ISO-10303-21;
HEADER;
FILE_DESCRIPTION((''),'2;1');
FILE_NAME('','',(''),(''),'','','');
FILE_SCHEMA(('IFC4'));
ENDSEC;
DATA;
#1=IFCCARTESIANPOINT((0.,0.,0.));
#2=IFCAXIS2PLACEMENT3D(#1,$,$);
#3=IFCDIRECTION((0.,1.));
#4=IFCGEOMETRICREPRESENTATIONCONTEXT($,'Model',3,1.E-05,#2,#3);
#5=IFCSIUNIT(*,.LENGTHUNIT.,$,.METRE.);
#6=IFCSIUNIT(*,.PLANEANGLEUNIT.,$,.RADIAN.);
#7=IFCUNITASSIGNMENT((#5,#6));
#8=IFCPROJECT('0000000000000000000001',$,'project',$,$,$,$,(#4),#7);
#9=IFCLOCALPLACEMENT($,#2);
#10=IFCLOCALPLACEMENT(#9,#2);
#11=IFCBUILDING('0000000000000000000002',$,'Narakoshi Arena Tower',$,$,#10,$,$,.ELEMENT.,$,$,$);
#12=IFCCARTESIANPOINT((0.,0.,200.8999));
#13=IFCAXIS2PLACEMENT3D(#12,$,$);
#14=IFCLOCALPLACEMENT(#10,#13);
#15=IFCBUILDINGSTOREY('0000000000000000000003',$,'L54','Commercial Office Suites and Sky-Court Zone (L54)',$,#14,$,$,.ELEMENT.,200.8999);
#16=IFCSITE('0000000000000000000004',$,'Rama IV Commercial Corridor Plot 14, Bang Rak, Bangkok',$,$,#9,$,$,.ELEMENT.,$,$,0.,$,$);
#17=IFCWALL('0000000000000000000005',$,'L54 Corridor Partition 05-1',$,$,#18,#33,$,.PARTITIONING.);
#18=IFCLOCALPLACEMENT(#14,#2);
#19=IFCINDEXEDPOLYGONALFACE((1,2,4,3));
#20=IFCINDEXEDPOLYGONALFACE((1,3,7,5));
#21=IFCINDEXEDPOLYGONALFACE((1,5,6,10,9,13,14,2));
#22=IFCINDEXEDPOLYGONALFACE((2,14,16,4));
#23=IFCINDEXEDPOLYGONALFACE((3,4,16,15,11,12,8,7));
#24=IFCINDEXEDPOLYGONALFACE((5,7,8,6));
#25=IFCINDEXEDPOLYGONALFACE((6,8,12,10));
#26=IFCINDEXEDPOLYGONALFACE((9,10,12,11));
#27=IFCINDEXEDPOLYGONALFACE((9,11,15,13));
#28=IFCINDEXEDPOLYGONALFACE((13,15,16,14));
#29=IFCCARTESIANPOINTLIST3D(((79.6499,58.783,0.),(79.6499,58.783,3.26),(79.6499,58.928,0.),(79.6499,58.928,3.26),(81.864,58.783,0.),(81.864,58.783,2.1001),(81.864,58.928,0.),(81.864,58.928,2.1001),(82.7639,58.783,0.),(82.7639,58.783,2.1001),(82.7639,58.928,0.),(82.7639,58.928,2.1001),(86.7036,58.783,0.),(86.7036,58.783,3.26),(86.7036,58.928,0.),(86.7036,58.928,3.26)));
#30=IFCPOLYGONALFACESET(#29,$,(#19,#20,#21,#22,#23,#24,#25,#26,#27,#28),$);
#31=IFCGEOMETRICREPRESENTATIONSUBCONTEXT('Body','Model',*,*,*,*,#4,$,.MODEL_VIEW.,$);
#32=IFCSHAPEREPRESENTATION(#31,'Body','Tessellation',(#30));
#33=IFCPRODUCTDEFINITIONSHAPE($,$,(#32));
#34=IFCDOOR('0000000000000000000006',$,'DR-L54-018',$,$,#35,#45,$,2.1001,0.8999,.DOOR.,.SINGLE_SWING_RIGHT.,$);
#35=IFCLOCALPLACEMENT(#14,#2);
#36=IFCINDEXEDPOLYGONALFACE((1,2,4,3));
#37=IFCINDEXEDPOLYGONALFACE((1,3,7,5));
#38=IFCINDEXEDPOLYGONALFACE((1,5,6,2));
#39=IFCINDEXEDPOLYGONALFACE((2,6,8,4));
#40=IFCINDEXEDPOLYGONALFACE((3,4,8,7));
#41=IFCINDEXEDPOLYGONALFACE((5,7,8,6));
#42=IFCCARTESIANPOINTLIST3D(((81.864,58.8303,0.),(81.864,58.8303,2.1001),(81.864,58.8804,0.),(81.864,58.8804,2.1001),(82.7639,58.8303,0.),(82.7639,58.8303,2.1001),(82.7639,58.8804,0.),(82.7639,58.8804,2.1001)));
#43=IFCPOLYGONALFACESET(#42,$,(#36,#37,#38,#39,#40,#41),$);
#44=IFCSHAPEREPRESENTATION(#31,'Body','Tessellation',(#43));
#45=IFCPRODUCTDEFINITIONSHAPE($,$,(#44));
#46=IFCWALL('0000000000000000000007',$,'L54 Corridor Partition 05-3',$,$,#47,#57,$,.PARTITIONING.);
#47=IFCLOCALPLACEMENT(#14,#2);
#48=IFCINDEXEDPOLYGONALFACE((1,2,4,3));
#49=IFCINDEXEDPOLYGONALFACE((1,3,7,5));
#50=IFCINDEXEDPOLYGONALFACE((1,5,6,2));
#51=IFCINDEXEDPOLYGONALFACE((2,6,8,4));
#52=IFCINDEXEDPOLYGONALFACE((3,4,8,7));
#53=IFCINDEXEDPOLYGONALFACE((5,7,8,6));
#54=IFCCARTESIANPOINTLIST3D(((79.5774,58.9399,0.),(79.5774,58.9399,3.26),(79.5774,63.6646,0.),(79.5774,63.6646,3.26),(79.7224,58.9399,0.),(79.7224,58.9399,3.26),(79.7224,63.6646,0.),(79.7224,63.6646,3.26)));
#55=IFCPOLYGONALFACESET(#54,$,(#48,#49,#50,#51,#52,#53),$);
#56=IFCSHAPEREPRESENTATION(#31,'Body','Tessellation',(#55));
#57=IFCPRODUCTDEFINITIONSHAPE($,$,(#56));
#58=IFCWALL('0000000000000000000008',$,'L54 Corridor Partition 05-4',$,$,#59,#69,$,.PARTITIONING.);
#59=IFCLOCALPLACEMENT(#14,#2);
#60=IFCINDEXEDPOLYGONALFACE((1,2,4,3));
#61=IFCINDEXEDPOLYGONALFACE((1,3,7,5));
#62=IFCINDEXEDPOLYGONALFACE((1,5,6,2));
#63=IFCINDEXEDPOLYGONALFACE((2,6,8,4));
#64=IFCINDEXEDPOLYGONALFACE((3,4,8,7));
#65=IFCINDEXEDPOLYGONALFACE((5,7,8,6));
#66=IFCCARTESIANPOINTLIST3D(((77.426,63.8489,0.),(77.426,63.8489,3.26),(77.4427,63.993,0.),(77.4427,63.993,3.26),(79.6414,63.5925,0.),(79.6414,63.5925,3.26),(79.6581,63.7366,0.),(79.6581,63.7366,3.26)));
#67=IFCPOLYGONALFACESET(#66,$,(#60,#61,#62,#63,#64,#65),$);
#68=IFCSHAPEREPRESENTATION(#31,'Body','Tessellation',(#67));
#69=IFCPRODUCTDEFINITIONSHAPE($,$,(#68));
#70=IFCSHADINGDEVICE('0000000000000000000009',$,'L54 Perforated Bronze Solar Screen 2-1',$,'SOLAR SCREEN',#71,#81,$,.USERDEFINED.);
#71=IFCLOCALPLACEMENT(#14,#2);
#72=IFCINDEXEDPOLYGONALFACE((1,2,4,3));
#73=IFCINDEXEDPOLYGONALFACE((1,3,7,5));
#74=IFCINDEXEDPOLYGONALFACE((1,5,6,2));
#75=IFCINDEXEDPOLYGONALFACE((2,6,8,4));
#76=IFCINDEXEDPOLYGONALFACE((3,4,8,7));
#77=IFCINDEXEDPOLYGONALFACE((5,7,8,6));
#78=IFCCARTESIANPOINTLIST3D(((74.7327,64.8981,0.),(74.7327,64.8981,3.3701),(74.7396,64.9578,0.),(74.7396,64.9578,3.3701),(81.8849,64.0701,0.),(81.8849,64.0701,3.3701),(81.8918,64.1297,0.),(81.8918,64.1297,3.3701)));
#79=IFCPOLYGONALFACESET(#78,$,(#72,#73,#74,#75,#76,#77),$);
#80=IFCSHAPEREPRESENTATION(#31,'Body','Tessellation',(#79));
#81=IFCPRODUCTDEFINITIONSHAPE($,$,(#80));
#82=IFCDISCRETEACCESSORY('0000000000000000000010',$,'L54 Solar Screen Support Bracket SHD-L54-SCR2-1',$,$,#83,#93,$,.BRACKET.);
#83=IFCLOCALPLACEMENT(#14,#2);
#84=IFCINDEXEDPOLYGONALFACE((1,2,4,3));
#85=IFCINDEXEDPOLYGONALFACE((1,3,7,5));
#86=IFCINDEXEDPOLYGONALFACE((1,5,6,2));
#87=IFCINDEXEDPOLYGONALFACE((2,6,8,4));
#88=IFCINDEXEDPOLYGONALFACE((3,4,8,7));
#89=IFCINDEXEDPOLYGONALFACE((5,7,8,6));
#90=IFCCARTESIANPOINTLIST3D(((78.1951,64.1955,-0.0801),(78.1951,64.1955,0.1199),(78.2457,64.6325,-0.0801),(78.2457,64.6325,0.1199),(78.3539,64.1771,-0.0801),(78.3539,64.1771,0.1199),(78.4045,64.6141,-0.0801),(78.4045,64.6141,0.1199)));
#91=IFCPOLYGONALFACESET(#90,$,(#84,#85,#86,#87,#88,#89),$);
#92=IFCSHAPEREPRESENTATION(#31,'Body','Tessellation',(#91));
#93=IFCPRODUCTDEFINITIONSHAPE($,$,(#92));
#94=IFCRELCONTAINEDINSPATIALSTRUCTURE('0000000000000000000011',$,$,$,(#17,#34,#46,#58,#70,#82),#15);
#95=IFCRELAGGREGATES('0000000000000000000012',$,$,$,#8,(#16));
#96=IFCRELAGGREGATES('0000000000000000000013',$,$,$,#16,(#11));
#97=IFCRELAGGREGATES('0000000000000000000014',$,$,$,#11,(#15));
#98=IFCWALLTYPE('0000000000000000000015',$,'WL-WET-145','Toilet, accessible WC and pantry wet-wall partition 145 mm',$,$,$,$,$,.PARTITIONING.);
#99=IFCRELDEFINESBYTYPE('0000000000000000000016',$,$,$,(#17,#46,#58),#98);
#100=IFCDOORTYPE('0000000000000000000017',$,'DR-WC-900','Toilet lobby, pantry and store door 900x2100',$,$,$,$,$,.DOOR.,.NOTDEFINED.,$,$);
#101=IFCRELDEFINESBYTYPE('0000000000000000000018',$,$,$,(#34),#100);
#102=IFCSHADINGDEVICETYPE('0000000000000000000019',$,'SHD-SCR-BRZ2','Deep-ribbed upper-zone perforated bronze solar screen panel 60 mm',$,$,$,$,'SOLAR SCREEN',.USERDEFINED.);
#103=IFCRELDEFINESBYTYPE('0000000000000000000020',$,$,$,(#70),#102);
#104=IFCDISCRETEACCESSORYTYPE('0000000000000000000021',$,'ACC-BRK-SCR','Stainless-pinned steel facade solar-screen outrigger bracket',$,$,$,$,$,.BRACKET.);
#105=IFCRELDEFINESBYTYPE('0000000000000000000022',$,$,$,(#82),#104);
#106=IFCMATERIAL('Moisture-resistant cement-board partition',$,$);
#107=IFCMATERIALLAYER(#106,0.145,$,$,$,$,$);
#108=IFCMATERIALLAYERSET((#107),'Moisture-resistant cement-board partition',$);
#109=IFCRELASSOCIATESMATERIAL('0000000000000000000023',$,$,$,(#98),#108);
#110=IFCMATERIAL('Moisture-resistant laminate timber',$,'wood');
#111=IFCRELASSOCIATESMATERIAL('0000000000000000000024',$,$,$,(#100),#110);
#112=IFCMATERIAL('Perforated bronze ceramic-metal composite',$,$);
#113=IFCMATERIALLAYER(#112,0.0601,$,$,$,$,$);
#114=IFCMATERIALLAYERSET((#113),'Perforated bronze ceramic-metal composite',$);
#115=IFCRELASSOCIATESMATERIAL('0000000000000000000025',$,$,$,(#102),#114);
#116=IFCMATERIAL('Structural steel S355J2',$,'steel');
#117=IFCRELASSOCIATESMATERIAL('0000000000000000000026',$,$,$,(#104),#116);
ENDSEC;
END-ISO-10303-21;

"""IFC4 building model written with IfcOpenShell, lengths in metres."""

from ifc_helpers import new_model, si_unit, direction, frame, frame_2d, origin, origin_2d, place, context, subcontext, project, spatial, rectangle, extrude, material, layer, layer_set, type_object, element, fill, save


model = new_model("IFC4")

# Units and contexts
model_context = context("Model", 3, precision=1e-05, world=origin(), true_north=direction((0.0, 1.0)))
body_context = subcontext(model_context, "Body", "Model", "MODEL_VIEW")
ifc_project = project(units=[si_unit("LENGTHUNIT", "METRE"), si_unit("PLANEANGLEUNIT", "RADIAN")], contexts=[model_context])

# Site, building, storey
site_placement = place(None, origin())
site = spatial("IfcSite", under=ifc_project, at=site_placement, Name="Rama IV Commercial Corridor Plot 14, Bang Rak, Bangkok", CompositionType="ELEMENT", RefElevation=0.0)
building_placement = place(site_placement, origin())
building = spatial("IfcBuilding", under=site, at=building_placement, Name="Narakoshi Arena Tower", CompositionType="ELEMENT")
storey_placement = place(building_placement, frame((0.0, 0.0, 200.8999)))
storey = spatial("IfcBuildingStorey", under=building, at=storey_placement, Name="L54", Description="Commercial Office Suites and Sky-Court Zone (L54)", CompositionType="ELEMENT", Elevation=200.8999)

# Shared definitions
ifc_material_1 = material(Name="Structural steel S355J2", Category="steel")

# Shared definitions
ifc_material_2 = material(Name="Moisture-resistant cement-board partition")
ifc_layer_1 = layer(ifc_material_2, 0.145)
ifc_layer_set_1 = layer_set([ifc_layer_1], Name="Moisture-resistant cement-board partition")
wall_type_1 = type_object("IfcWallType", Name="WL-WET-145", Description="Toilet, accessible WC and pantry wet-wall partition 145 mm", PredefinedType="PARTITIONING", material=ifc_layer_set_1)

# Wall, opening, door
wall_1_placement = place(storey_placement, frame((86.7036, 58.8555, 0.0), z_axis=(0.0, 0.0, 1.0), x_axis=(-1.0, 0.0, 0.0)))
wall_1 = element("IfcWall", 1, at=wall_1_placement, inside=storey, type_object=wall_type_1, Name="L54 Corridor Partition 05-1", PredefinedType="PARTITIONING", context=body_context, shape_type="SweptSolid", body=[
    extrude(rectangle(XDim=7.0537, YDim=0.145, at=frame_2d((3.5269, 0.0))), origin(), (0.0, 0.0, 1.0), 3.26),
])
opening_1_placement = place(wall_1_placement, frame((3.9397, 0.0, 0.0)))
opening_1 = element("IfcOpeningElement", 2, at=opening_1_placement, cuts=wall_1, PredefinedType="OPENING", context=body_context, shape_type="SweptSolid", body=[
    extrude(rectangle(XDim=0.8999, YDim=2.1001, at=frame_2d((0.45, 1.05))), frame((0.0, 0.0825, 0.0), z_axis=(0.0, -1.0, 0.0), x_axis=(1.0, 0.0, 0.0)), (0.0, 0.0, 1.0), 0.165),
])
ifc_material_3 = material(Name="Moisture-resistant laminate timber", Category="wood")
door_type_1 = type_object("IfcDoorType", Name="DR-WC-900", Description="Toilet lobby, pantry and store door 900x2100", OperationType="NOTDEFINED", PredefinedType="DOOR", material=ifc_material_3)
door_1_placement = place(opening_1_placement, frame((0.8999, 0.0, 0.0), z_axis=(0.0, 0.0, 1.0), x_axis=(-1.0, 0.0, 0.0)))
door_1 = element("IfcDoor", 3, at=door_1_placement, inside=storey, type_object=door_type_1, Name="DR-L54-018", OperationType="SINGLE_SWING_RIGHT", OverallHeight=2.1001, OverallWidth=0.8999, PredefinedType="DOOR", context=body_context, shape_type="SweptSolid", body=[
    extrude(rectangle(XDim=0.8999, YDim=2.1001, at=frame_2d((0.45, 1.05))), frame((0.0, 0.0249, 0.0), z_axis=(0.0, -1.0, 0.0), x_axis=(1.0, 0.0, 0.0)), (0.0, 0.0, 1.0), 0.05),
])
fill(opening_1, door_1)

# Walls
wall_2_placement = place(storey_placement, frame((79.6499, 58.9399, 0.0), z_axis=(0.0, 0.0, 1.0), x_axis=(0.0, 1.0, 0.0)))
element("IfcWall", 4, at=wall_2_placement, inside=storey, type_object=wall_type_1, Name="L54 Corridor Partition 05-3", PredefinedType="PARTITIONING", context=body_context, shape_type="SweptSolid", body=[
    extrude(rectangle(XDim=4.7246, YDim=0.145, at=frame_2d((2.3623, 0.0))), origin(), (0.0, 0.0, 1.0), 3.26),
])
wall_3_placement = place(storey_placement, frame((79.6499, 63.6646, 0.0), z_axis=(0.0, 0.0, 1.0), x_axis=(-0.993371, 0.114948, 0.0)))
element("IfcWall", 5, at=wall_3_placement, inside=storey, type_object=wall_type_1, Name="L54 Corridor Partition 05-4", PredefinedType="PARTITIONING", context=body_context, shape_type="SweptSolid", body=[
    extrude(rectangle(XDim=2.2302, YDim=0.145, at=frame_2d((1.1152, 0.0))), origin(), (0.0, 0.0, 1.0), 3.26),
])

# Shading device
ifc_material_4 = material(Name="Perforated bronze ceramic-metal composite")
ifc_layer_2 = layer(ifc_material_4, 0.0601)
ifc_layer_set_2 = layer_set([ifc_layer_2], Name="Perforated bronze ceramic-metal composite")
shading_device_type = type_object("IfcShadingDeviceType", Name="SHD-SCR-BRZ2", Description="Deep-ribbed upper-zone perforated bronze solar screen panel 60 mm", ElementType="SOLAR SCREEN", PredefinedType="USERDEFINED", material=ifc_layer_set_2)
shading_device_placement = place(storey_placement, frame((78.3123, 64.5139, 0.0), z_axis=(0.0, 0.0, 1.0), x_axis=(-0.993365, 0.115007, 0.0)))
element("IfcShadingDevice", 6, at=shading_device_placement, inside=storey, type_object=shading_device_type, Name="L54 Perforated Bronze Solar Screen 2-1", ObjectType="SOLAR SCREEN", PredefinedType="USERDEFINED", context=body_context, shape_type="SweptSolid", body=[
    extrude(rectangle(XDim=7.2, YDim=0.0601, at=origin_2d()), origin(), (0.0, 0.0, 1.0), 3.3701),
])

# Discrete accessory
discrete_accessory_type = type_object("IfcDiscreteAccessoryType", Name="ACC-BRK-SCR", Description="Stainless-pinned steel facade solar-screen outrigger bracket", PredefinedType="BRACKET", material=ifc_material_1)
discrete_accessory_placement = place(storey_placement, frame((78.2998, 64.4048, -0.0801), z_axis=(0.0, 0.0, 1.0), x_axis=(-0.993365, 0.115007, 0.0)))
element("IfcDiscreteAccessory", 7, at=discrete_accessory_placement, inside=storey, type_object=discrete_accessory_type, Name="L54 Solar Screen Support Bracket SHD-L54-SCR2-1", PredefinedType="BRACKET", context=body_context, shape_type="SweptSolid", body=[
    extrude(rectangle(XDim=0.1599, YDim=0.4399, at=origin_2d()), origin(), (0.0, 0.0, 1.0), 0.2),
])

save(model, "model.ifc")
